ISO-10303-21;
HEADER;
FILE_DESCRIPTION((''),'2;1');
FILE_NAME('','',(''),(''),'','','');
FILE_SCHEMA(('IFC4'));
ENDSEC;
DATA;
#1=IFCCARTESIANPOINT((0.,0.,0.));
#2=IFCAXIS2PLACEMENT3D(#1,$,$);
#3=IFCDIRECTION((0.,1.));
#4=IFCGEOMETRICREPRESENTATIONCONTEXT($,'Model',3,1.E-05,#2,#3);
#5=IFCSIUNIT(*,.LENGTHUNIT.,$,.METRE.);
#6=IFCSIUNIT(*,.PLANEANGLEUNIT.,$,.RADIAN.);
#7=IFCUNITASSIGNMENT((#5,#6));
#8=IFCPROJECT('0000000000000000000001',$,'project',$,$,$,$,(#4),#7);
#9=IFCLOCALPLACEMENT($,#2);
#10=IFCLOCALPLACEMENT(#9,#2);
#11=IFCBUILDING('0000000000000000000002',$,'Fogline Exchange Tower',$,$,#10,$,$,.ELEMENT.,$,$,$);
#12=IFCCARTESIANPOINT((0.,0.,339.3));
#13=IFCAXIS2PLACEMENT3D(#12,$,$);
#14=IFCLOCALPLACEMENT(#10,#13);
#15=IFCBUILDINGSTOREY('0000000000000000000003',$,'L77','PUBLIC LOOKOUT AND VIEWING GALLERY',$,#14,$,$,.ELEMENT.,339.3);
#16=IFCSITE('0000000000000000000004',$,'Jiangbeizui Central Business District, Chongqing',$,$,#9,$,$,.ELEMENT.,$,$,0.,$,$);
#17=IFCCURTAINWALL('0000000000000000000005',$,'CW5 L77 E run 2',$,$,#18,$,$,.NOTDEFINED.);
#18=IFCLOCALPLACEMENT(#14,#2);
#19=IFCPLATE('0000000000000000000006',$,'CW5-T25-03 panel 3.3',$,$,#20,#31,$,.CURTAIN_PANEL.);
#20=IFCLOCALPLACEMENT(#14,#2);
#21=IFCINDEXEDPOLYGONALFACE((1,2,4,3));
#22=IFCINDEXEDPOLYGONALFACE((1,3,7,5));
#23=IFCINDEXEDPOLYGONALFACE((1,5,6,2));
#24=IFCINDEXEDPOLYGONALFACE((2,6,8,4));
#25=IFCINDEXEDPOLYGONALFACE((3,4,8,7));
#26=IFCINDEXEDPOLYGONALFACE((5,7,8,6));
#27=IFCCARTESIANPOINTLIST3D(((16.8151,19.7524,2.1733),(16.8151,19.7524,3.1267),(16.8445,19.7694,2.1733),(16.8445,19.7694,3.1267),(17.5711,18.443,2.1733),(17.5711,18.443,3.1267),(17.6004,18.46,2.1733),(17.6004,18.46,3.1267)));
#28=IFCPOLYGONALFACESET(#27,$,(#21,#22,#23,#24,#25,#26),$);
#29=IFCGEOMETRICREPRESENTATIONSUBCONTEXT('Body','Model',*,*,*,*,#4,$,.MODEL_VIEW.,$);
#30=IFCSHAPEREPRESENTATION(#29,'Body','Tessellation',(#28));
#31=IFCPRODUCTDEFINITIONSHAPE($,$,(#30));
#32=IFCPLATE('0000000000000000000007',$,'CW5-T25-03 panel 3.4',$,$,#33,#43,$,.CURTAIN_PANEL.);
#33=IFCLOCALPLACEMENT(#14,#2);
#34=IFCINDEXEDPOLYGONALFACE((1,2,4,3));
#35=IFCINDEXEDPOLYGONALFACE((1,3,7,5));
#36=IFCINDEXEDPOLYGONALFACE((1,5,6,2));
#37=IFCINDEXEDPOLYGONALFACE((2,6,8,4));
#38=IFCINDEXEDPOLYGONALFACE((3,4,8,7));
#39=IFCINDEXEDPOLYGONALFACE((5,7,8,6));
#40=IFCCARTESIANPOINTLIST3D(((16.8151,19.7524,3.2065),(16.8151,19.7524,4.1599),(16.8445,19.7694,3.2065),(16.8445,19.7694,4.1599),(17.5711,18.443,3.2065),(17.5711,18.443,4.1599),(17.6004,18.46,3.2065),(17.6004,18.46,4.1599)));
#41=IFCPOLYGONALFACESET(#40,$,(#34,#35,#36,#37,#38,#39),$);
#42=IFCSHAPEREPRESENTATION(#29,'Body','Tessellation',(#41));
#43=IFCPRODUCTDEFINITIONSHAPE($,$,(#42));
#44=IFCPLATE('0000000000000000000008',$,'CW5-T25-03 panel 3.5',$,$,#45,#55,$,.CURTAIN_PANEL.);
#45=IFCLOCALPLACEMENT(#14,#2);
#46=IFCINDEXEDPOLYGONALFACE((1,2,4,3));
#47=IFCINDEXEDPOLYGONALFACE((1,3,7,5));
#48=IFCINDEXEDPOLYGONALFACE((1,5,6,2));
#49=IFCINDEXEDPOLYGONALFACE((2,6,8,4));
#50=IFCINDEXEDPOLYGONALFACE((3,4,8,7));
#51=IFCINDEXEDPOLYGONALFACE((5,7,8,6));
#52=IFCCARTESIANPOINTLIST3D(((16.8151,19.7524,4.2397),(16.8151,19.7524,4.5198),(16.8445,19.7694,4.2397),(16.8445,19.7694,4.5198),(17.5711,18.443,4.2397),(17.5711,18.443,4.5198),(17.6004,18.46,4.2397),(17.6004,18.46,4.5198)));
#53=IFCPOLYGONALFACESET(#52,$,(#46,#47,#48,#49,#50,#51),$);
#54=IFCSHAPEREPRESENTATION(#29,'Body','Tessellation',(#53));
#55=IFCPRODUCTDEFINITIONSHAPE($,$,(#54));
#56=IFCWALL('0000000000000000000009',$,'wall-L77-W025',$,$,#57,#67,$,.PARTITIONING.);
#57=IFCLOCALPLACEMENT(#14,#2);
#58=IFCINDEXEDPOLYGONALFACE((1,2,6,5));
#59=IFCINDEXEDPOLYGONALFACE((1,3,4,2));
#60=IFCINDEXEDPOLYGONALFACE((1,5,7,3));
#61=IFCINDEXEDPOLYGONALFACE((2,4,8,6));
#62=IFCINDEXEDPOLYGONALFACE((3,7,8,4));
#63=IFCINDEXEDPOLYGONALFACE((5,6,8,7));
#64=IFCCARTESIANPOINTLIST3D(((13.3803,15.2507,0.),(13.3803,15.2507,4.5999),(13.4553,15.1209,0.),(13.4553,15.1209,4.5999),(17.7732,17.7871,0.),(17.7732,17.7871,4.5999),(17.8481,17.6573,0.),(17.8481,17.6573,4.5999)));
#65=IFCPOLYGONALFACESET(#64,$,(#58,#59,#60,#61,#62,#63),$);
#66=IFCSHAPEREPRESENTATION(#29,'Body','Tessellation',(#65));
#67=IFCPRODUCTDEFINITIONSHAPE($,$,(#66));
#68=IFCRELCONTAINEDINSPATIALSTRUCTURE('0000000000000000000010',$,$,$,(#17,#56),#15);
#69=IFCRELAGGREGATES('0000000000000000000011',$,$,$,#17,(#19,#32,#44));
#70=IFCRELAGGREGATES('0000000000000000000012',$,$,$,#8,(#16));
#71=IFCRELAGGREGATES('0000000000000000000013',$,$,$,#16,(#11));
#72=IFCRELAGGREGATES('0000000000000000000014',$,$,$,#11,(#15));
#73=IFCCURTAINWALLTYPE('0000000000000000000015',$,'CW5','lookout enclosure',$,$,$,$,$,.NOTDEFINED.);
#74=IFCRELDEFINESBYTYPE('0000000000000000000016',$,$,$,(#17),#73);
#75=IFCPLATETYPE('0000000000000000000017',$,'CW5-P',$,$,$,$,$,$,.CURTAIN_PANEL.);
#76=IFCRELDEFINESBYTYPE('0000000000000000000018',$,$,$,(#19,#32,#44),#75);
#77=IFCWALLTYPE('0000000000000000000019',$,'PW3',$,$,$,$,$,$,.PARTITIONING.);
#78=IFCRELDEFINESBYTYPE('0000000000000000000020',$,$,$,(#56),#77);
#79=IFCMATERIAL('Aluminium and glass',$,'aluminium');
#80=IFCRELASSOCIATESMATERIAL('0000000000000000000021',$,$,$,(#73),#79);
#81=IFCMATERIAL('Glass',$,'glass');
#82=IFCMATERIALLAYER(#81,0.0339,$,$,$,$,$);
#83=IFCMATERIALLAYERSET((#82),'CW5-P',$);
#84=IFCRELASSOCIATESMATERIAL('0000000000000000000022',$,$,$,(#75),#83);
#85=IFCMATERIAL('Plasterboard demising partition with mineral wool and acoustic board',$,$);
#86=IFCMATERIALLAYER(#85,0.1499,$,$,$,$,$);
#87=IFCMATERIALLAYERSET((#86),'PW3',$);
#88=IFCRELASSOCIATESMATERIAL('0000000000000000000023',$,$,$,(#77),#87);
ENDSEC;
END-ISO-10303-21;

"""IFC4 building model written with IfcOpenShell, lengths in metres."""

from ifc_helpers import new_model, si_unit, direction, frame, frame_2d, origin, origin_2d, place, context, subcontext, project, spatial, rectangle, extrude, material, layer, layer_set, type_object, element, aggregate, save


model = new_model("IFC4")

# Units and contexts
model_context = context("Model", 3, precision=1e-05, world=origin(), true_north=direction((0.0, 1.0)))
body_context = subcontext(model_context, "Body", "Model", "MODEL_VIEW")
ifc_project = project(units=[si_unit("LENGTHUNIT", "METRE"), si_unit("PLANEANGLEUNIT", "RADIAN")], contexts=[model_context])

# Site, building, storey
site_placement = place(None, origin())
site = spatial("IfcSite", under=ifc_project, at=site_placement, Name="Jiangbeizui Central Business District, Chongqing", CompositionType="ELEMENT", RefElevation=0.0)
building_placement = place(site_placement, origin())
building = spatial("IfcBuilding", under=site, at=building_placement, Name="Fogline Exchange Tower", CompositionType="ELEMENT")
storey_placement = place(building_placement, frame((0.0, 0.0, 339.3)))
storey = spatial("IfcBuildingStorey", under=building, at=storey_placement, Name="L77", Description="PUBLIC LOOKOUT AND VIEWING GALLERY", CompositionType="ELEMENT", Elevation=339.3)

# Curtain wall, plates
ifc_material_1 = material(Name="Aluminium and glass", Category="aluminium")
curtain_wall_type = type_object("IfcCurtainWallType", Name="CW5", Description="lookout enclosure", PredefinedType="NOTDEFINED", material=ifc_material_1)
curtain_wall_placement = place(storey_placement, origin())
curtain_wall = element("IfcCurtainWall", 1, at=curtain_wall_placement, inside=storey, type_object=curtain_wall_type, Name="CW5 L77 E run 2", PredefinedType="NOTDEFINED")
ifc_material_2 = material(Name="Glass", Category="glass")
ifc_layer_1 = layer(ifc_material_2, 0.0339)
ifc_layer_set_1 = layer_set([ifc_layer_1], Name="CW5-P")
plate_type = type_object("IfcPlateType", Name="CW5-P", PredefinedType="CURTAIN_PANEL", material=ifc_layer_set_1)
plate_1_placement = place(storey_placement, frame((17.2078, 19.1062, 2.1733), z_axis=(0.0, 0.0, 1.0), x_axis=(-0.5, 0.866025, 0.0)))
plate_1 = element("IfcPlate", 2, at=plate_1_placement, type_object=plate_type, Name="CW5-T25-03 panel 3.3", PredefinedType="CURTAIN_PANEL", context=body_context, shape_type="SweptSolid", body=[
    extrude(rectangle(XDim=1.512, YDim=0.0339, at=origin_2d()), origin(), (0.0, 0.0, 1.0), 0.9534),
])
plate_2_placement = place(storey_placement, frame((17.2078, 19.1062, 3.2065), z_axis=(0.0, 0.0, 1.0), x_axis=(-0.5, 0.866025, 0.0)))
plate_2 = element("IfcPlate", 3, at=plate_2_placement, type_object=plate_type, Name="CW5-T25-03 panel 3.4", PredefinedType="CURTAIN_PANEL", context=body_context, shape_type="SweptSolid", body=[
    extrude(rectangle(XDim=1.512, YDim=0.0339, at=origin_2d()), origin(), (0.0, 0.0, 1.0), 0.9534),
])
plate_3_placement = place(storey_placement, frame((17.2078, 19.1062, 4.2397), z_axis=(0.0, 0.0, 1.0), x_axis=(-0.5, 0.866025, 0.0)))
plate_3 = element("IfcPlate", 4, at=plate_3_placement, type_object=plate_type, Name="CW5-T25-03 panel 3.5", PredefinedType="CURTAIN_PANEL", context=body_context, shape_type="SweptSolid", body=[
    extrude(rectangle(XDim=1.512, YDim=0.0339, at=origin_2d()), origin(), (0.0, 0.0, 1.0), 0.28),
])
aggregate(curtain_wall, [plate_1, plate_2, plate_3])

# Wall
ifc_material_3 = material(Name="Plasterboard demising partition with mineral wool and acoustic board")
ifc_layer_2 = layer(ifc_material_3, 0.1499)
ifc_layer_set_2 = layer_set([ifc_layer_2], Name="PW3")
wall_type = type_object("IfcWallType", Name="PW3", PredefinedType="PARTITIONING", material=ifc_layer_set_2)
wall_placement = place(storey_placement, frame((17.8105, 17.7222, 0.0), z_axis=(0.0, 0.0, 1.0), x_axis=(-0.86601, -0.500027, 0.0)))
element("IfcWall", 5, at=wall_placement, inside=storey, type_object=wall_type, Name="wall-L77-W025", PredefinedType="PARTITIONING", context=body_context, shape_type="SweptSolid", body=[
    extrude(rectangle(XDim=5.0725, YDim=0.1499, at=frame_2d((2.5361, 0.0))), origin(), (0.0, 0.0, 1.0), 4.5999),
])

save(model, "model.ifc")
